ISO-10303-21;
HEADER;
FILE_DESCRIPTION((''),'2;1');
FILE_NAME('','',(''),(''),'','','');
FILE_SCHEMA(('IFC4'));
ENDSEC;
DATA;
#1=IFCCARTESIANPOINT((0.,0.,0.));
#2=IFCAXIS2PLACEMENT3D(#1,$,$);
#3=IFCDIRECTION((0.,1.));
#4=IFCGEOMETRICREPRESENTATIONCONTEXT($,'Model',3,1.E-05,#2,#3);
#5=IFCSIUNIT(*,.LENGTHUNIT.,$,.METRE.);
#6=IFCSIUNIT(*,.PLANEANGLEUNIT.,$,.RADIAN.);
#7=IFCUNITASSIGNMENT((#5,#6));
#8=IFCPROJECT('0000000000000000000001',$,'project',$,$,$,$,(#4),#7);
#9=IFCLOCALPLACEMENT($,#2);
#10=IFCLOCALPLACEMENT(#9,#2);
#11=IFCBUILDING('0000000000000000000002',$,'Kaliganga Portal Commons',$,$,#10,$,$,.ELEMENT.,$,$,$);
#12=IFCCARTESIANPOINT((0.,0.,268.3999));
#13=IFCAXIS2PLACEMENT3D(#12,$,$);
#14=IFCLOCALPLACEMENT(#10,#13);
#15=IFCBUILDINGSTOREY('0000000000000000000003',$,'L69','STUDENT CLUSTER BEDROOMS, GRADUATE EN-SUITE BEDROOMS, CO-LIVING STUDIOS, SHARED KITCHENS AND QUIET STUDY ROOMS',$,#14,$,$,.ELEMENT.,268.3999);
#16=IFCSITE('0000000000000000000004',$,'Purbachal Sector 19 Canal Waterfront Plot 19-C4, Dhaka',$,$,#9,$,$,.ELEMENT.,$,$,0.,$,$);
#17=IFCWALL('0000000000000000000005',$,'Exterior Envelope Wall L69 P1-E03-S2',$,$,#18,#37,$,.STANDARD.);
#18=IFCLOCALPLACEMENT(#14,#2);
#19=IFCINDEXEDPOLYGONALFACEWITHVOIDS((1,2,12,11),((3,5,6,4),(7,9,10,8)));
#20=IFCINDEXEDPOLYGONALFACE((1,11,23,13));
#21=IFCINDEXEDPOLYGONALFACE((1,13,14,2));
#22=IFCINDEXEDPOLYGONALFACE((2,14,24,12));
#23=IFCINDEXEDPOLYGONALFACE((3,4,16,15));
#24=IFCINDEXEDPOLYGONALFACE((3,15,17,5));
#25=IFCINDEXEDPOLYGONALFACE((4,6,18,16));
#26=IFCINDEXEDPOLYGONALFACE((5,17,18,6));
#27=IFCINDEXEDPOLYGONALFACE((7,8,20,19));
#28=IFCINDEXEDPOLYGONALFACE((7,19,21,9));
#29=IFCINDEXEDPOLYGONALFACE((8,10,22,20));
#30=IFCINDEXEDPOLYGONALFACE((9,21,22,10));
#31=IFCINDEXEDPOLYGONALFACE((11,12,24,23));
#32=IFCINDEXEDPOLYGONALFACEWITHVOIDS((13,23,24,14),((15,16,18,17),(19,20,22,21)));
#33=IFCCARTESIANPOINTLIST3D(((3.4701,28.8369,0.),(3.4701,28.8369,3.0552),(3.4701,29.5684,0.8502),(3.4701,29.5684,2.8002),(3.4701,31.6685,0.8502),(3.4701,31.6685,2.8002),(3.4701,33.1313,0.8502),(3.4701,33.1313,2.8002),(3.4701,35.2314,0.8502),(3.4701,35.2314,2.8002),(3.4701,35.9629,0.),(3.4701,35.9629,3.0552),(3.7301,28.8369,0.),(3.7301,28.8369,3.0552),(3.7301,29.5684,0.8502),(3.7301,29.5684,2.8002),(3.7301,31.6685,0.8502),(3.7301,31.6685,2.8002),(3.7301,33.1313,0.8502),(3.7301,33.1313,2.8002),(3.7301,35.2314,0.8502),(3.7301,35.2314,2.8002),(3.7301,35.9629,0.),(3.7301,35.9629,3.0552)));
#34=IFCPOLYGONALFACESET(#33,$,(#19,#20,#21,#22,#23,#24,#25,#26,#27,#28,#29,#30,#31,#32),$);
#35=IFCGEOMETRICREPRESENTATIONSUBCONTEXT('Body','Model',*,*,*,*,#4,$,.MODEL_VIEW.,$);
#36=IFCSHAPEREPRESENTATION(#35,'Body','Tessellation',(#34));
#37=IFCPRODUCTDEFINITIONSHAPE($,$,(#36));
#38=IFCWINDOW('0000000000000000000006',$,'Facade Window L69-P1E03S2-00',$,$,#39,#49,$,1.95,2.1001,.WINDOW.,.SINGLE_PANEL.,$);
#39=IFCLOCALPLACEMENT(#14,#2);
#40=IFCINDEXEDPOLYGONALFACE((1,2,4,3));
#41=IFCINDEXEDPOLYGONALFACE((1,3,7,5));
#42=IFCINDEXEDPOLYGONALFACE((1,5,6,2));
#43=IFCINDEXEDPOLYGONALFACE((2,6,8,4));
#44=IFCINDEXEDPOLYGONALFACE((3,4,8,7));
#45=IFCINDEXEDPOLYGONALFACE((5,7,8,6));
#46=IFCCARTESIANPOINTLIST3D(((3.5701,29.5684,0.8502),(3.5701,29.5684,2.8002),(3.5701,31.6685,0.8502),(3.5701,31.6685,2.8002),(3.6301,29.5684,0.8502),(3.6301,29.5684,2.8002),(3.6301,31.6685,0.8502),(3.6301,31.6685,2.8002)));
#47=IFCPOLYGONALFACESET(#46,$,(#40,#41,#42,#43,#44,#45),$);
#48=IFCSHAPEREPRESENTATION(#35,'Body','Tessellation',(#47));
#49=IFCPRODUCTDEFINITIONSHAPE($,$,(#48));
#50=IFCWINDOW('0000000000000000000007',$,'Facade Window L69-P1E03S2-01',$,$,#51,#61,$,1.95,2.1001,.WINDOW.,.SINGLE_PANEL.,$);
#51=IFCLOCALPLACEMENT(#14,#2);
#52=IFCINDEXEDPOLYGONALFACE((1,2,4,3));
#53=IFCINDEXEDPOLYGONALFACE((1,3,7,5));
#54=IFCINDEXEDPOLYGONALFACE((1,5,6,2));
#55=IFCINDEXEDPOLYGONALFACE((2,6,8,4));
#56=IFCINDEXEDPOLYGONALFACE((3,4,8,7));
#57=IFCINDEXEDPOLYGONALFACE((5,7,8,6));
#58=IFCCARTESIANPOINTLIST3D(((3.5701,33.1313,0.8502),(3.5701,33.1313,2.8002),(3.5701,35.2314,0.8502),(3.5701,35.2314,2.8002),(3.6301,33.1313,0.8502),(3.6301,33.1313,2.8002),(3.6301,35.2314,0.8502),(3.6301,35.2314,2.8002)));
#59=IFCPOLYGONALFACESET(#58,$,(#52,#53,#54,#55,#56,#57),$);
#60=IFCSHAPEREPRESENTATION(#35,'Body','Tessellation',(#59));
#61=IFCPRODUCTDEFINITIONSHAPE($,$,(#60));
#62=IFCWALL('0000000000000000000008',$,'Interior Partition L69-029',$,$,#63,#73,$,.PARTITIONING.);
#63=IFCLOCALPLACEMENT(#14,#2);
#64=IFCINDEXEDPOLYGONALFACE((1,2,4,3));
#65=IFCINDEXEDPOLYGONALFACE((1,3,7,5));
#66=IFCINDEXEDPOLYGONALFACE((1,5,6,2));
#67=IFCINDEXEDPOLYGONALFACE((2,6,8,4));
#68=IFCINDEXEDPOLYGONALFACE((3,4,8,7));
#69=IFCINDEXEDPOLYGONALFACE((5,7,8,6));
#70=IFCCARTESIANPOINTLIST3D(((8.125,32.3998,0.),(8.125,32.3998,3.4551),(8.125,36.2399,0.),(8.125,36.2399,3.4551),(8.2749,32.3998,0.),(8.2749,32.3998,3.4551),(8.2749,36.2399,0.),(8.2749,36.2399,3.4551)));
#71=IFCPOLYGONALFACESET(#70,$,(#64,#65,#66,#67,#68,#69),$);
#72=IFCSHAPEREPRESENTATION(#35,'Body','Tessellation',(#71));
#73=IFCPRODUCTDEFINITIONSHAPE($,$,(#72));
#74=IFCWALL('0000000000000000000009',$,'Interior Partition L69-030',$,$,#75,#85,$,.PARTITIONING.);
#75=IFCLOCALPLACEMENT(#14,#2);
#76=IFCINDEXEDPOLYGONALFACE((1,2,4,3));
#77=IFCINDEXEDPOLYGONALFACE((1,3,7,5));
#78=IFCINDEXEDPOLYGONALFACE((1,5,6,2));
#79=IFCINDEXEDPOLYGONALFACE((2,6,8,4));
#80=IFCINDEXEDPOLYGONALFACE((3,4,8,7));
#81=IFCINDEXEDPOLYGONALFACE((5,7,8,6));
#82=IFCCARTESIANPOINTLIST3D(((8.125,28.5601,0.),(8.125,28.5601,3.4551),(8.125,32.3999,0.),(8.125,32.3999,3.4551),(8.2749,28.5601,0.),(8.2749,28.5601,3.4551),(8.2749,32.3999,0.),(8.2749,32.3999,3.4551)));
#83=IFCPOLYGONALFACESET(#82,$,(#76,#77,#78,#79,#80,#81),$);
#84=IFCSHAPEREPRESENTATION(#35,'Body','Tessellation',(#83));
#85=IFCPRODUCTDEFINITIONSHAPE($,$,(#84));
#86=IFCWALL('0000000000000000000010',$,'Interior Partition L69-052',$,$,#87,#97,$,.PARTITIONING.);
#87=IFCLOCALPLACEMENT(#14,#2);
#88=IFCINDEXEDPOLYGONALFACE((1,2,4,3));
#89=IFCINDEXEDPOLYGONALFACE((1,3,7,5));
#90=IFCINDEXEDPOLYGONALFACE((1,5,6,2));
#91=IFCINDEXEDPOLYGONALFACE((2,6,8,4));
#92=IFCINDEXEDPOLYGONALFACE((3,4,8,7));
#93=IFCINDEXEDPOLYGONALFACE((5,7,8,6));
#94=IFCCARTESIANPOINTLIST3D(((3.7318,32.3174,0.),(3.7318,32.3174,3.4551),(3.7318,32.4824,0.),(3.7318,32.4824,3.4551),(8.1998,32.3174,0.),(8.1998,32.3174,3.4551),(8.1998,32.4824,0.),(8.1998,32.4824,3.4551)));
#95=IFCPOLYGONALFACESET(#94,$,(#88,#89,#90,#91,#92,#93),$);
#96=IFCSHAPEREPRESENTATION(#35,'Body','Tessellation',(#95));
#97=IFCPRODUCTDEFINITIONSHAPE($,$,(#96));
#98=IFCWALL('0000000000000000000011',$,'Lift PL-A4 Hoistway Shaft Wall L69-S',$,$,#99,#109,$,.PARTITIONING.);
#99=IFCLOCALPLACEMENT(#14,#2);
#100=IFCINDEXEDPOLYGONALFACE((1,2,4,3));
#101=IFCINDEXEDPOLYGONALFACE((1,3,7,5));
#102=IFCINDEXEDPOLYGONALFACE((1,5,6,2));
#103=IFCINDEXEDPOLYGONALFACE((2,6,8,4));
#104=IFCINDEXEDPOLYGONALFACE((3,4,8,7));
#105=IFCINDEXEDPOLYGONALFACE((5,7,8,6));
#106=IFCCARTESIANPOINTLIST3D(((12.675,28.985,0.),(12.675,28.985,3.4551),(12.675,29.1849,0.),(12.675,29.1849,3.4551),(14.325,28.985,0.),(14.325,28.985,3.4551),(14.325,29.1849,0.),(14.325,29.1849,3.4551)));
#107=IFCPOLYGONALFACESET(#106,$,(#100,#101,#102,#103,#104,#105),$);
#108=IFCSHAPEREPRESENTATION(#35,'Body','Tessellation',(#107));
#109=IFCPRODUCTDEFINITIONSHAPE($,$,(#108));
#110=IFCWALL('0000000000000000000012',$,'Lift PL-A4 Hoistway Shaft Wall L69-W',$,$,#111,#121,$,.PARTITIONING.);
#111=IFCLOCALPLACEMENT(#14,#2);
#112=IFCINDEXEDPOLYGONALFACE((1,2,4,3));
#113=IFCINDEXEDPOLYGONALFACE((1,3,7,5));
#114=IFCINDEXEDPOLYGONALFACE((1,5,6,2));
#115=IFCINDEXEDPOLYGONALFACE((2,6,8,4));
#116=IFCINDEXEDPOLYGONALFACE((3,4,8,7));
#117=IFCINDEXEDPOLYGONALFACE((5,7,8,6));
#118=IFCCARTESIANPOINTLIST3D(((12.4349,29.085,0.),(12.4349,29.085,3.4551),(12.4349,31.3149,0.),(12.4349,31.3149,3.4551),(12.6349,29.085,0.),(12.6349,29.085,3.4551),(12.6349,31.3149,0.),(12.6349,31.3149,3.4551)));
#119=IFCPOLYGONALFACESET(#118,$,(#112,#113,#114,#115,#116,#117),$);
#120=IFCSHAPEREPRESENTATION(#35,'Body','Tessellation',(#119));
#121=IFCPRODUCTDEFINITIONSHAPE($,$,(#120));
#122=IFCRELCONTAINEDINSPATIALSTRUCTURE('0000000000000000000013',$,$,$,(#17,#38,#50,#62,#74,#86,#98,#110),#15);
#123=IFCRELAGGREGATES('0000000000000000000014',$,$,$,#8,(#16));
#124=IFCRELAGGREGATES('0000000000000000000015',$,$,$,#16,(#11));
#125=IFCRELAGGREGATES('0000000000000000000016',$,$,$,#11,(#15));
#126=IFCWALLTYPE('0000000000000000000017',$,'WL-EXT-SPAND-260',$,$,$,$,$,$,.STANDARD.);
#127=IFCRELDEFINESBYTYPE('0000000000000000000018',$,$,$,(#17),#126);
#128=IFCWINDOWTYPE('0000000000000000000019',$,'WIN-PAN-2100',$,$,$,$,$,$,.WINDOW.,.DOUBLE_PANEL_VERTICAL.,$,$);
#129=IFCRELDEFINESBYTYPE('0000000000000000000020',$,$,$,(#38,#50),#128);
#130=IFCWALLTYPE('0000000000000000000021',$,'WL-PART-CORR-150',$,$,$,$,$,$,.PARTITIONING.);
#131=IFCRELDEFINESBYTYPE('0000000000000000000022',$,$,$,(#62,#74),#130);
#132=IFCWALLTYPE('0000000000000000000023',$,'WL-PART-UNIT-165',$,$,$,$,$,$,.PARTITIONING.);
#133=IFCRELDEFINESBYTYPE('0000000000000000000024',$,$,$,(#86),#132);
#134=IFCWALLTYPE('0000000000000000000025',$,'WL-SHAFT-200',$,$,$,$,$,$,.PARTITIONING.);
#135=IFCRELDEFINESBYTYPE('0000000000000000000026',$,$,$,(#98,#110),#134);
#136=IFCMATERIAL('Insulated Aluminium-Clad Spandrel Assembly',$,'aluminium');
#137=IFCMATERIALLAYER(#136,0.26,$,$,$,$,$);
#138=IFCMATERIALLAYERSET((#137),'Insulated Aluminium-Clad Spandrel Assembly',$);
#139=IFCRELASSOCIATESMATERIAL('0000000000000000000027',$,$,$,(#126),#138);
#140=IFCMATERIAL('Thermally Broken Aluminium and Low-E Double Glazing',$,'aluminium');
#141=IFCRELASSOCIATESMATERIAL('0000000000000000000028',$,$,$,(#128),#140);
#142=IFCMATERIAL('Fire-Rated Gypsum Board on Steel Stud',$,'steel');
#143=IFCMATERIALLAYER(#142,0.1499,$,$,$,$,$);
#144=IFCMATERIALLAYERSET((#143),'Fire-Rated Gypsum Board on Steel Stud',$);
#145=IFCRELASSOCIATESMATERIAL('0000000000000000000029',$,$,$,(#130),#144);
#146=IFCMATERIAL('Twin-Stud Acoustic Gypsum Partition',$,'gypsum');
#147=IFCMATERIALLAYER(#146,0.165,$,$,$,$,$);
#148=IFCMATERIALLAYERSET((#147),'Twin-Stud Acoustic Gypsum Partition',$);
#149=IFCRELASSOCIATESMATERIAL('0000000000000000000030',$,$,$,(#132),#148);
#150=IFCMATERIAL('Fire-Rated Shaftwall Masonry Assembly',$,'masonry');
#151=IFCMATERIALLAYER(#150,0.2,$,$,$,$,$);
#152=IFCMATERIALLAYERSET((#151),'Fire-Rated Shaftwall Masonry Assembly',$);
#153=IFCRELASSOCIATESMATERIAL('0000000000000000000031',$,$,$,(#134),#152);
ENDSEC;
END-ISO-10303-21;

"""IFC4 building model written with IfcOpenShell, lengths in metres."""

from ifc_helpers import new_model, si_unit, direction, frame, frame_2d, origin, place, context, subcontext, project, spatial, rectangle, extrude, material, layer, layer_set, type_object, element, fill, save


model = new_model("IFC4")

# Units and contexts
model_context = context("Model", 3, precision=1e-05, world=origin(), true_north=direction((0.0, 1.0)))
body_context = subcontext(model_context, "Body", "Model", "MODEL_VIEW")
ifc_project = project(units=[si_unit("LENGTHUNIT", "METRE"), si_unit("PLANEANGLEUNIT", "RADIAN")], contexts=[model_context])

# Site, building, storey
site_placement = place(None, origin())
site = spatial("IfcSite", under=ifc_project, at=site_placement, Name="Purbachal Sector 19 Canal Waterfront Plot 19-C4, Dhaka", CompositionType="ELEMENT", RefElevation=0.0)
building_placement = place(site_placement, origin())
building = spatial("IfcBuilding", under=site, at=building_placement, Name="Kaliganga Portal Commons", CompositionType="ELEMENT")
storey_placement = place(building_placement, frame((0.0, 0.0, 268.3999)))
storey = spatial("IfcBuildingStorey", under=building, at=storey_placement, Name="L69", Description="STUDENT CLUSTER BEDROOMS, GRADUATE EN-SUITE BEDROOMS, CO-LIVING STUDIOS, SHARED KITCHENS AND QUIET STUDY ROOMS", CompositionType="ELEMENT", Elevation=268.3999)

# Wall, openings, windows
ifc_material_1 = material(Name="Insulated Aluminium-Clad Spandrel Assembly", Category="aluminium")
ifc_layer_1 = layer(ifc_material_1, 0.26)
ifc_layer_set_1 = layer_set([ifc_layer_1], Name="Insulated Aluminium-Clad Spandrel Assembly")
wall_type_1 = type_object("IfcWallType", Name="WL-EXT-SPAND-260", PredefinedType="STANDARD", material=ifc_layer_set_1)
wall_1_placement = place(storey_placement, frame((3.6001, 28.8369, 0.0), z_axis=(0.0, 0.0, 1.0), x_axis=(0.0, 1.0, 0.0)))
wall_1 = element("IfcWall", 1, at=wall_1_placement, inside=storey, type_object=wall_type_1, Name="Exterior Envelope Wall L69 P1-E03-S2", PredefinedType="STANDARD", context=body_context, shape_type="SweptSolid", body=[
    extrude(rectangle(XDim=7.126, YDim=0.26, at=frame_2d((3.563, 0.0))), origin(), (0.0, 0.0, 1.0), 3.0552),
])
opening_1_placement = place(wall_1_placement, frame((0.7314, 0.0, 0.8501)))
opening_1 = element("IfcOpeningElement", 2, at=opening_1_placement, cuts=wall_1, PredefinedType="OPENING", context=body_context, shape_type="SweptSolid", body=[
    extrude(rectangle(XDim=2.1001, YDim=1.95, at=frame_2d((1.05, 0.9751))), frame((0.0, 0.1401, 0.0), z_axis=(0.0, -1.0, 0.0), x_axis=(1.0, 0.0, 0.0)), (0.0, 0.0, 1.0), 0.28),
])
opening_2_placement = place(wall_1_placement, frame((4.2944, 0.0, 0.8501)))
opening_2 = element("IfcOpeningElement", 3, at=opening_2_placement, cuts=wall_1, PredefinedType="OPENING", context=body_context, shape_type="SweptSolid", body=[
    extrude(rectangle(XDim=2.1001, YDim=1.95, at=frame_2d((1.05, 0.9751))), frame((0.0, 0.1401, 0.0), z_axis=(0.0, -1.0, 0.0), x_axis=(1.0, 0.0, 0.0)), (0.0, 0.0, 1.0), 0.28),
])
ifc_material_2 = material(Name="Thermally Broken Aluminium and Low-E Double Glazing", Category="aluminium")
window_type = type_object("IfcWindowType", Name="WIN-PAN-2100", PartitioningType="DOUBLE_PANEL_VERTICAL", PredefinedType="WINDOW", material=ifc_material_2)
window_1_placement = place(opening_1_placement, origin())
window_1 = element("IfcWindow", 4, at=window_1_placement, inside=storey, type_object=window_type, Name="Facade Window L69-P1E03S2-00", OverallHeight=1.95, OverallWidth=2.1001, PartitioningType="SINGLE_PANEL", PredefinedType="WINDOW", context=body_context, shape_type="SweptSolid", body=[
    extrude(rectangle(XDim=2.1001, YDim=1.95, at=frame_2d((1.05, 0.9751))), frame((0.0, 0.03, 0.0), z_axis=(0.0, -1.0, 0.0), x_axis=(1.0, 0.0, 0.0)), (0.0, 0.0, 1.0), 0.0601),
])
fill(opening_1, window_1)
window_2_placement = place(opening_2_placement, origin())
window_2 = element("IfcWindow", 5, at=window_2_placement, inside=storey, type_object=window_type, Name="Facade Window L69-P1E03S2-01", OverallHeight=1.95, OverallWidth=2.1001, PartitioningType="SINGLE_PANEL", PredefinedType="WINDOW", context=body_context, shape_type="SweptSolid", body=[
    extrude(rectangle(XDim=2.1001, YDim=1.95, at=frame_2d((1.05, 0.9751))), frame((0.0, 0.03, 0.0), z_axis=(0.0, -1.0, 0.0), x_axis=(1.0, 0.0, 0.0)), (0.0, 0.0, 1.0), 0.0601),
])
fill(opening_2, window_2)

# Walls
ifc_material_3 = material(Name="Fire-Rated Gypsum Board on Steel Stud", Category="steel")
ifc_layer_2 = layer(ifc_material_3, 0.1499)
ifc_layer_set_2 = layer_set([ifc_layer_2], Name="Fire-Rated Gypsum Board on Steel Stud")
wall_type_2 = type_object("IfcWallType", Name="WL-PART-CORR-150", PredefinedType="PARTITIONING", material=ifc_layer_set_2)
wall_2_placement = place(storey_placement, frame((8.2, 32.3999, 0.0), z_axis=(0.0, 0.0, 1.0), x_axis=(0.0, 1.0, 0.0)))
element("IfcWall", 6, at=wall_2_placement, inside=storey, type_object=wall_type_2, Name="Interior Partition L69-029", PredefinedType="PARTITIONING", context=body_context, shape_type="SweptSolid", body=[
    extrude(rectangle(XDim=3.8401, YDim=0.1499, at=frame_2d((1.9199, 0.0))), origin(), (0.0, 0.0, 1.0), 3.4551),
])
wall_3_placement = place(storey_placement, frame((8.2, 28.5601, 0.0), z_axis=(0.0, 0.0, 1.0), x_axis=(0.0, 1.0, 0.0)))
element("IfcWall", 7, at=wall_3_placement, inside=storey, type_object=wall_type_2, Name="Interior Partition L69-030", PredefinedType="PARTITIONING", context=body_context, shape_type="SweptSolid", body=[
    extrude(rectangle(XDim=3.8398, YDim=0.1499, at=frame_2d((1.9199, 0.0))), origin(), (0.0, 0.0, 1.0), 3.4551),
])
ifc_material_4 = material(Name="Twin-Stud Acoustic Gypsum Partition", Category="gypsum")
ifc_layer_3 = layer(ifc_material_4, 0.165)
ifc_layer_set_3 = layer_set([ifc_layer_3], Name="Twin-Stud Acoustic Gypsum Partition")
wall_type_3 = type_object("IfcWallType", Name="WL-PART-UNIT-165", PredefinedType="PARTITIONING", material=ifc_layer_set_3)
wall_4_placement = place(storey_placement, frame((3.7319, 32.3999, 0.0), z_axis=(0.0, 0.0, 1.0), x_axis=(1.0, 0.0, 0.0)))
element("IfcWall", 8, at=wall_4_placement, inside=storey, type_object=wall_type_3, Name="Interior Partition L69-052", PredefinedType="PARTITIONING", context=body_context, shape_type="SweptSolid", body=[
    extrude(rectangle(XDim=4.468, YDim=0.165, at=frame_2d((2.2339, 0.0))), origin(), (0.0, 0.0, 1.0), 3.4551),
])
ifc_material_5 = material(Name="Fire-Rated Shaftwall Masonry Assembly", Category="masonry")
ifc_layer_4 = layer(ifc_material_5, 0.2)
ifc_layer_set_4 = layer_set([ifc_layer_4], Name="Fire-Rated Shaftwall Masonry Assembly")
wall_type_4 = type_object("IfcWallType", Name="WL-SHAFT-200", PredefinedType="PARTITIONING", material=ifc_layer_set_4)
wall_5_placement = place(storey_placement, frame((12.675, 29.085, 0.0), z_axis=(0.0, 0.0, 1.0), x_axis=(1.0, 0.0, 0.0)))
element("IfcWall", 9, at=wall_5_placement, inside=storey, type_object=wall_type_4, Name="Lift PL-A4 Hoistway Shaft Wall L69-S", PredefinedType="PARTITIONING", context=body_context, shape_type="SweptSolid", body=[
    extrude(rectangle(XDim=1.6499, YDim=0.2, at=frame_2d((0.825, 0.0))), origin(), (0.0, 0.0, 1.0), 3.4551),
])

# Wall
wall_6_placement = place(storey_placement, frame((12.5349, 29.085, 0.0), z_axis=(0.0, 0.0, 1.0), x_axis=(0.0, 1.0, 0.0)))
element("IfcWall", 10, at=wall_6_placement, inside=storey, type_object=wall_type_4, Name="Lift PL-A4 Hoistway Shaft Wall L69-W", PredefinedType="PARTITIONING", context=body_context, shape_type="SweptSolid", body=[
    extrude(rectangle(XDim=2.23, YDim=0.2, at=frame_2d((1.115, 0.0))), origin(), (0.0, 0.0, 1.0), 3.4551),
])

save(model, "model.ifc")
